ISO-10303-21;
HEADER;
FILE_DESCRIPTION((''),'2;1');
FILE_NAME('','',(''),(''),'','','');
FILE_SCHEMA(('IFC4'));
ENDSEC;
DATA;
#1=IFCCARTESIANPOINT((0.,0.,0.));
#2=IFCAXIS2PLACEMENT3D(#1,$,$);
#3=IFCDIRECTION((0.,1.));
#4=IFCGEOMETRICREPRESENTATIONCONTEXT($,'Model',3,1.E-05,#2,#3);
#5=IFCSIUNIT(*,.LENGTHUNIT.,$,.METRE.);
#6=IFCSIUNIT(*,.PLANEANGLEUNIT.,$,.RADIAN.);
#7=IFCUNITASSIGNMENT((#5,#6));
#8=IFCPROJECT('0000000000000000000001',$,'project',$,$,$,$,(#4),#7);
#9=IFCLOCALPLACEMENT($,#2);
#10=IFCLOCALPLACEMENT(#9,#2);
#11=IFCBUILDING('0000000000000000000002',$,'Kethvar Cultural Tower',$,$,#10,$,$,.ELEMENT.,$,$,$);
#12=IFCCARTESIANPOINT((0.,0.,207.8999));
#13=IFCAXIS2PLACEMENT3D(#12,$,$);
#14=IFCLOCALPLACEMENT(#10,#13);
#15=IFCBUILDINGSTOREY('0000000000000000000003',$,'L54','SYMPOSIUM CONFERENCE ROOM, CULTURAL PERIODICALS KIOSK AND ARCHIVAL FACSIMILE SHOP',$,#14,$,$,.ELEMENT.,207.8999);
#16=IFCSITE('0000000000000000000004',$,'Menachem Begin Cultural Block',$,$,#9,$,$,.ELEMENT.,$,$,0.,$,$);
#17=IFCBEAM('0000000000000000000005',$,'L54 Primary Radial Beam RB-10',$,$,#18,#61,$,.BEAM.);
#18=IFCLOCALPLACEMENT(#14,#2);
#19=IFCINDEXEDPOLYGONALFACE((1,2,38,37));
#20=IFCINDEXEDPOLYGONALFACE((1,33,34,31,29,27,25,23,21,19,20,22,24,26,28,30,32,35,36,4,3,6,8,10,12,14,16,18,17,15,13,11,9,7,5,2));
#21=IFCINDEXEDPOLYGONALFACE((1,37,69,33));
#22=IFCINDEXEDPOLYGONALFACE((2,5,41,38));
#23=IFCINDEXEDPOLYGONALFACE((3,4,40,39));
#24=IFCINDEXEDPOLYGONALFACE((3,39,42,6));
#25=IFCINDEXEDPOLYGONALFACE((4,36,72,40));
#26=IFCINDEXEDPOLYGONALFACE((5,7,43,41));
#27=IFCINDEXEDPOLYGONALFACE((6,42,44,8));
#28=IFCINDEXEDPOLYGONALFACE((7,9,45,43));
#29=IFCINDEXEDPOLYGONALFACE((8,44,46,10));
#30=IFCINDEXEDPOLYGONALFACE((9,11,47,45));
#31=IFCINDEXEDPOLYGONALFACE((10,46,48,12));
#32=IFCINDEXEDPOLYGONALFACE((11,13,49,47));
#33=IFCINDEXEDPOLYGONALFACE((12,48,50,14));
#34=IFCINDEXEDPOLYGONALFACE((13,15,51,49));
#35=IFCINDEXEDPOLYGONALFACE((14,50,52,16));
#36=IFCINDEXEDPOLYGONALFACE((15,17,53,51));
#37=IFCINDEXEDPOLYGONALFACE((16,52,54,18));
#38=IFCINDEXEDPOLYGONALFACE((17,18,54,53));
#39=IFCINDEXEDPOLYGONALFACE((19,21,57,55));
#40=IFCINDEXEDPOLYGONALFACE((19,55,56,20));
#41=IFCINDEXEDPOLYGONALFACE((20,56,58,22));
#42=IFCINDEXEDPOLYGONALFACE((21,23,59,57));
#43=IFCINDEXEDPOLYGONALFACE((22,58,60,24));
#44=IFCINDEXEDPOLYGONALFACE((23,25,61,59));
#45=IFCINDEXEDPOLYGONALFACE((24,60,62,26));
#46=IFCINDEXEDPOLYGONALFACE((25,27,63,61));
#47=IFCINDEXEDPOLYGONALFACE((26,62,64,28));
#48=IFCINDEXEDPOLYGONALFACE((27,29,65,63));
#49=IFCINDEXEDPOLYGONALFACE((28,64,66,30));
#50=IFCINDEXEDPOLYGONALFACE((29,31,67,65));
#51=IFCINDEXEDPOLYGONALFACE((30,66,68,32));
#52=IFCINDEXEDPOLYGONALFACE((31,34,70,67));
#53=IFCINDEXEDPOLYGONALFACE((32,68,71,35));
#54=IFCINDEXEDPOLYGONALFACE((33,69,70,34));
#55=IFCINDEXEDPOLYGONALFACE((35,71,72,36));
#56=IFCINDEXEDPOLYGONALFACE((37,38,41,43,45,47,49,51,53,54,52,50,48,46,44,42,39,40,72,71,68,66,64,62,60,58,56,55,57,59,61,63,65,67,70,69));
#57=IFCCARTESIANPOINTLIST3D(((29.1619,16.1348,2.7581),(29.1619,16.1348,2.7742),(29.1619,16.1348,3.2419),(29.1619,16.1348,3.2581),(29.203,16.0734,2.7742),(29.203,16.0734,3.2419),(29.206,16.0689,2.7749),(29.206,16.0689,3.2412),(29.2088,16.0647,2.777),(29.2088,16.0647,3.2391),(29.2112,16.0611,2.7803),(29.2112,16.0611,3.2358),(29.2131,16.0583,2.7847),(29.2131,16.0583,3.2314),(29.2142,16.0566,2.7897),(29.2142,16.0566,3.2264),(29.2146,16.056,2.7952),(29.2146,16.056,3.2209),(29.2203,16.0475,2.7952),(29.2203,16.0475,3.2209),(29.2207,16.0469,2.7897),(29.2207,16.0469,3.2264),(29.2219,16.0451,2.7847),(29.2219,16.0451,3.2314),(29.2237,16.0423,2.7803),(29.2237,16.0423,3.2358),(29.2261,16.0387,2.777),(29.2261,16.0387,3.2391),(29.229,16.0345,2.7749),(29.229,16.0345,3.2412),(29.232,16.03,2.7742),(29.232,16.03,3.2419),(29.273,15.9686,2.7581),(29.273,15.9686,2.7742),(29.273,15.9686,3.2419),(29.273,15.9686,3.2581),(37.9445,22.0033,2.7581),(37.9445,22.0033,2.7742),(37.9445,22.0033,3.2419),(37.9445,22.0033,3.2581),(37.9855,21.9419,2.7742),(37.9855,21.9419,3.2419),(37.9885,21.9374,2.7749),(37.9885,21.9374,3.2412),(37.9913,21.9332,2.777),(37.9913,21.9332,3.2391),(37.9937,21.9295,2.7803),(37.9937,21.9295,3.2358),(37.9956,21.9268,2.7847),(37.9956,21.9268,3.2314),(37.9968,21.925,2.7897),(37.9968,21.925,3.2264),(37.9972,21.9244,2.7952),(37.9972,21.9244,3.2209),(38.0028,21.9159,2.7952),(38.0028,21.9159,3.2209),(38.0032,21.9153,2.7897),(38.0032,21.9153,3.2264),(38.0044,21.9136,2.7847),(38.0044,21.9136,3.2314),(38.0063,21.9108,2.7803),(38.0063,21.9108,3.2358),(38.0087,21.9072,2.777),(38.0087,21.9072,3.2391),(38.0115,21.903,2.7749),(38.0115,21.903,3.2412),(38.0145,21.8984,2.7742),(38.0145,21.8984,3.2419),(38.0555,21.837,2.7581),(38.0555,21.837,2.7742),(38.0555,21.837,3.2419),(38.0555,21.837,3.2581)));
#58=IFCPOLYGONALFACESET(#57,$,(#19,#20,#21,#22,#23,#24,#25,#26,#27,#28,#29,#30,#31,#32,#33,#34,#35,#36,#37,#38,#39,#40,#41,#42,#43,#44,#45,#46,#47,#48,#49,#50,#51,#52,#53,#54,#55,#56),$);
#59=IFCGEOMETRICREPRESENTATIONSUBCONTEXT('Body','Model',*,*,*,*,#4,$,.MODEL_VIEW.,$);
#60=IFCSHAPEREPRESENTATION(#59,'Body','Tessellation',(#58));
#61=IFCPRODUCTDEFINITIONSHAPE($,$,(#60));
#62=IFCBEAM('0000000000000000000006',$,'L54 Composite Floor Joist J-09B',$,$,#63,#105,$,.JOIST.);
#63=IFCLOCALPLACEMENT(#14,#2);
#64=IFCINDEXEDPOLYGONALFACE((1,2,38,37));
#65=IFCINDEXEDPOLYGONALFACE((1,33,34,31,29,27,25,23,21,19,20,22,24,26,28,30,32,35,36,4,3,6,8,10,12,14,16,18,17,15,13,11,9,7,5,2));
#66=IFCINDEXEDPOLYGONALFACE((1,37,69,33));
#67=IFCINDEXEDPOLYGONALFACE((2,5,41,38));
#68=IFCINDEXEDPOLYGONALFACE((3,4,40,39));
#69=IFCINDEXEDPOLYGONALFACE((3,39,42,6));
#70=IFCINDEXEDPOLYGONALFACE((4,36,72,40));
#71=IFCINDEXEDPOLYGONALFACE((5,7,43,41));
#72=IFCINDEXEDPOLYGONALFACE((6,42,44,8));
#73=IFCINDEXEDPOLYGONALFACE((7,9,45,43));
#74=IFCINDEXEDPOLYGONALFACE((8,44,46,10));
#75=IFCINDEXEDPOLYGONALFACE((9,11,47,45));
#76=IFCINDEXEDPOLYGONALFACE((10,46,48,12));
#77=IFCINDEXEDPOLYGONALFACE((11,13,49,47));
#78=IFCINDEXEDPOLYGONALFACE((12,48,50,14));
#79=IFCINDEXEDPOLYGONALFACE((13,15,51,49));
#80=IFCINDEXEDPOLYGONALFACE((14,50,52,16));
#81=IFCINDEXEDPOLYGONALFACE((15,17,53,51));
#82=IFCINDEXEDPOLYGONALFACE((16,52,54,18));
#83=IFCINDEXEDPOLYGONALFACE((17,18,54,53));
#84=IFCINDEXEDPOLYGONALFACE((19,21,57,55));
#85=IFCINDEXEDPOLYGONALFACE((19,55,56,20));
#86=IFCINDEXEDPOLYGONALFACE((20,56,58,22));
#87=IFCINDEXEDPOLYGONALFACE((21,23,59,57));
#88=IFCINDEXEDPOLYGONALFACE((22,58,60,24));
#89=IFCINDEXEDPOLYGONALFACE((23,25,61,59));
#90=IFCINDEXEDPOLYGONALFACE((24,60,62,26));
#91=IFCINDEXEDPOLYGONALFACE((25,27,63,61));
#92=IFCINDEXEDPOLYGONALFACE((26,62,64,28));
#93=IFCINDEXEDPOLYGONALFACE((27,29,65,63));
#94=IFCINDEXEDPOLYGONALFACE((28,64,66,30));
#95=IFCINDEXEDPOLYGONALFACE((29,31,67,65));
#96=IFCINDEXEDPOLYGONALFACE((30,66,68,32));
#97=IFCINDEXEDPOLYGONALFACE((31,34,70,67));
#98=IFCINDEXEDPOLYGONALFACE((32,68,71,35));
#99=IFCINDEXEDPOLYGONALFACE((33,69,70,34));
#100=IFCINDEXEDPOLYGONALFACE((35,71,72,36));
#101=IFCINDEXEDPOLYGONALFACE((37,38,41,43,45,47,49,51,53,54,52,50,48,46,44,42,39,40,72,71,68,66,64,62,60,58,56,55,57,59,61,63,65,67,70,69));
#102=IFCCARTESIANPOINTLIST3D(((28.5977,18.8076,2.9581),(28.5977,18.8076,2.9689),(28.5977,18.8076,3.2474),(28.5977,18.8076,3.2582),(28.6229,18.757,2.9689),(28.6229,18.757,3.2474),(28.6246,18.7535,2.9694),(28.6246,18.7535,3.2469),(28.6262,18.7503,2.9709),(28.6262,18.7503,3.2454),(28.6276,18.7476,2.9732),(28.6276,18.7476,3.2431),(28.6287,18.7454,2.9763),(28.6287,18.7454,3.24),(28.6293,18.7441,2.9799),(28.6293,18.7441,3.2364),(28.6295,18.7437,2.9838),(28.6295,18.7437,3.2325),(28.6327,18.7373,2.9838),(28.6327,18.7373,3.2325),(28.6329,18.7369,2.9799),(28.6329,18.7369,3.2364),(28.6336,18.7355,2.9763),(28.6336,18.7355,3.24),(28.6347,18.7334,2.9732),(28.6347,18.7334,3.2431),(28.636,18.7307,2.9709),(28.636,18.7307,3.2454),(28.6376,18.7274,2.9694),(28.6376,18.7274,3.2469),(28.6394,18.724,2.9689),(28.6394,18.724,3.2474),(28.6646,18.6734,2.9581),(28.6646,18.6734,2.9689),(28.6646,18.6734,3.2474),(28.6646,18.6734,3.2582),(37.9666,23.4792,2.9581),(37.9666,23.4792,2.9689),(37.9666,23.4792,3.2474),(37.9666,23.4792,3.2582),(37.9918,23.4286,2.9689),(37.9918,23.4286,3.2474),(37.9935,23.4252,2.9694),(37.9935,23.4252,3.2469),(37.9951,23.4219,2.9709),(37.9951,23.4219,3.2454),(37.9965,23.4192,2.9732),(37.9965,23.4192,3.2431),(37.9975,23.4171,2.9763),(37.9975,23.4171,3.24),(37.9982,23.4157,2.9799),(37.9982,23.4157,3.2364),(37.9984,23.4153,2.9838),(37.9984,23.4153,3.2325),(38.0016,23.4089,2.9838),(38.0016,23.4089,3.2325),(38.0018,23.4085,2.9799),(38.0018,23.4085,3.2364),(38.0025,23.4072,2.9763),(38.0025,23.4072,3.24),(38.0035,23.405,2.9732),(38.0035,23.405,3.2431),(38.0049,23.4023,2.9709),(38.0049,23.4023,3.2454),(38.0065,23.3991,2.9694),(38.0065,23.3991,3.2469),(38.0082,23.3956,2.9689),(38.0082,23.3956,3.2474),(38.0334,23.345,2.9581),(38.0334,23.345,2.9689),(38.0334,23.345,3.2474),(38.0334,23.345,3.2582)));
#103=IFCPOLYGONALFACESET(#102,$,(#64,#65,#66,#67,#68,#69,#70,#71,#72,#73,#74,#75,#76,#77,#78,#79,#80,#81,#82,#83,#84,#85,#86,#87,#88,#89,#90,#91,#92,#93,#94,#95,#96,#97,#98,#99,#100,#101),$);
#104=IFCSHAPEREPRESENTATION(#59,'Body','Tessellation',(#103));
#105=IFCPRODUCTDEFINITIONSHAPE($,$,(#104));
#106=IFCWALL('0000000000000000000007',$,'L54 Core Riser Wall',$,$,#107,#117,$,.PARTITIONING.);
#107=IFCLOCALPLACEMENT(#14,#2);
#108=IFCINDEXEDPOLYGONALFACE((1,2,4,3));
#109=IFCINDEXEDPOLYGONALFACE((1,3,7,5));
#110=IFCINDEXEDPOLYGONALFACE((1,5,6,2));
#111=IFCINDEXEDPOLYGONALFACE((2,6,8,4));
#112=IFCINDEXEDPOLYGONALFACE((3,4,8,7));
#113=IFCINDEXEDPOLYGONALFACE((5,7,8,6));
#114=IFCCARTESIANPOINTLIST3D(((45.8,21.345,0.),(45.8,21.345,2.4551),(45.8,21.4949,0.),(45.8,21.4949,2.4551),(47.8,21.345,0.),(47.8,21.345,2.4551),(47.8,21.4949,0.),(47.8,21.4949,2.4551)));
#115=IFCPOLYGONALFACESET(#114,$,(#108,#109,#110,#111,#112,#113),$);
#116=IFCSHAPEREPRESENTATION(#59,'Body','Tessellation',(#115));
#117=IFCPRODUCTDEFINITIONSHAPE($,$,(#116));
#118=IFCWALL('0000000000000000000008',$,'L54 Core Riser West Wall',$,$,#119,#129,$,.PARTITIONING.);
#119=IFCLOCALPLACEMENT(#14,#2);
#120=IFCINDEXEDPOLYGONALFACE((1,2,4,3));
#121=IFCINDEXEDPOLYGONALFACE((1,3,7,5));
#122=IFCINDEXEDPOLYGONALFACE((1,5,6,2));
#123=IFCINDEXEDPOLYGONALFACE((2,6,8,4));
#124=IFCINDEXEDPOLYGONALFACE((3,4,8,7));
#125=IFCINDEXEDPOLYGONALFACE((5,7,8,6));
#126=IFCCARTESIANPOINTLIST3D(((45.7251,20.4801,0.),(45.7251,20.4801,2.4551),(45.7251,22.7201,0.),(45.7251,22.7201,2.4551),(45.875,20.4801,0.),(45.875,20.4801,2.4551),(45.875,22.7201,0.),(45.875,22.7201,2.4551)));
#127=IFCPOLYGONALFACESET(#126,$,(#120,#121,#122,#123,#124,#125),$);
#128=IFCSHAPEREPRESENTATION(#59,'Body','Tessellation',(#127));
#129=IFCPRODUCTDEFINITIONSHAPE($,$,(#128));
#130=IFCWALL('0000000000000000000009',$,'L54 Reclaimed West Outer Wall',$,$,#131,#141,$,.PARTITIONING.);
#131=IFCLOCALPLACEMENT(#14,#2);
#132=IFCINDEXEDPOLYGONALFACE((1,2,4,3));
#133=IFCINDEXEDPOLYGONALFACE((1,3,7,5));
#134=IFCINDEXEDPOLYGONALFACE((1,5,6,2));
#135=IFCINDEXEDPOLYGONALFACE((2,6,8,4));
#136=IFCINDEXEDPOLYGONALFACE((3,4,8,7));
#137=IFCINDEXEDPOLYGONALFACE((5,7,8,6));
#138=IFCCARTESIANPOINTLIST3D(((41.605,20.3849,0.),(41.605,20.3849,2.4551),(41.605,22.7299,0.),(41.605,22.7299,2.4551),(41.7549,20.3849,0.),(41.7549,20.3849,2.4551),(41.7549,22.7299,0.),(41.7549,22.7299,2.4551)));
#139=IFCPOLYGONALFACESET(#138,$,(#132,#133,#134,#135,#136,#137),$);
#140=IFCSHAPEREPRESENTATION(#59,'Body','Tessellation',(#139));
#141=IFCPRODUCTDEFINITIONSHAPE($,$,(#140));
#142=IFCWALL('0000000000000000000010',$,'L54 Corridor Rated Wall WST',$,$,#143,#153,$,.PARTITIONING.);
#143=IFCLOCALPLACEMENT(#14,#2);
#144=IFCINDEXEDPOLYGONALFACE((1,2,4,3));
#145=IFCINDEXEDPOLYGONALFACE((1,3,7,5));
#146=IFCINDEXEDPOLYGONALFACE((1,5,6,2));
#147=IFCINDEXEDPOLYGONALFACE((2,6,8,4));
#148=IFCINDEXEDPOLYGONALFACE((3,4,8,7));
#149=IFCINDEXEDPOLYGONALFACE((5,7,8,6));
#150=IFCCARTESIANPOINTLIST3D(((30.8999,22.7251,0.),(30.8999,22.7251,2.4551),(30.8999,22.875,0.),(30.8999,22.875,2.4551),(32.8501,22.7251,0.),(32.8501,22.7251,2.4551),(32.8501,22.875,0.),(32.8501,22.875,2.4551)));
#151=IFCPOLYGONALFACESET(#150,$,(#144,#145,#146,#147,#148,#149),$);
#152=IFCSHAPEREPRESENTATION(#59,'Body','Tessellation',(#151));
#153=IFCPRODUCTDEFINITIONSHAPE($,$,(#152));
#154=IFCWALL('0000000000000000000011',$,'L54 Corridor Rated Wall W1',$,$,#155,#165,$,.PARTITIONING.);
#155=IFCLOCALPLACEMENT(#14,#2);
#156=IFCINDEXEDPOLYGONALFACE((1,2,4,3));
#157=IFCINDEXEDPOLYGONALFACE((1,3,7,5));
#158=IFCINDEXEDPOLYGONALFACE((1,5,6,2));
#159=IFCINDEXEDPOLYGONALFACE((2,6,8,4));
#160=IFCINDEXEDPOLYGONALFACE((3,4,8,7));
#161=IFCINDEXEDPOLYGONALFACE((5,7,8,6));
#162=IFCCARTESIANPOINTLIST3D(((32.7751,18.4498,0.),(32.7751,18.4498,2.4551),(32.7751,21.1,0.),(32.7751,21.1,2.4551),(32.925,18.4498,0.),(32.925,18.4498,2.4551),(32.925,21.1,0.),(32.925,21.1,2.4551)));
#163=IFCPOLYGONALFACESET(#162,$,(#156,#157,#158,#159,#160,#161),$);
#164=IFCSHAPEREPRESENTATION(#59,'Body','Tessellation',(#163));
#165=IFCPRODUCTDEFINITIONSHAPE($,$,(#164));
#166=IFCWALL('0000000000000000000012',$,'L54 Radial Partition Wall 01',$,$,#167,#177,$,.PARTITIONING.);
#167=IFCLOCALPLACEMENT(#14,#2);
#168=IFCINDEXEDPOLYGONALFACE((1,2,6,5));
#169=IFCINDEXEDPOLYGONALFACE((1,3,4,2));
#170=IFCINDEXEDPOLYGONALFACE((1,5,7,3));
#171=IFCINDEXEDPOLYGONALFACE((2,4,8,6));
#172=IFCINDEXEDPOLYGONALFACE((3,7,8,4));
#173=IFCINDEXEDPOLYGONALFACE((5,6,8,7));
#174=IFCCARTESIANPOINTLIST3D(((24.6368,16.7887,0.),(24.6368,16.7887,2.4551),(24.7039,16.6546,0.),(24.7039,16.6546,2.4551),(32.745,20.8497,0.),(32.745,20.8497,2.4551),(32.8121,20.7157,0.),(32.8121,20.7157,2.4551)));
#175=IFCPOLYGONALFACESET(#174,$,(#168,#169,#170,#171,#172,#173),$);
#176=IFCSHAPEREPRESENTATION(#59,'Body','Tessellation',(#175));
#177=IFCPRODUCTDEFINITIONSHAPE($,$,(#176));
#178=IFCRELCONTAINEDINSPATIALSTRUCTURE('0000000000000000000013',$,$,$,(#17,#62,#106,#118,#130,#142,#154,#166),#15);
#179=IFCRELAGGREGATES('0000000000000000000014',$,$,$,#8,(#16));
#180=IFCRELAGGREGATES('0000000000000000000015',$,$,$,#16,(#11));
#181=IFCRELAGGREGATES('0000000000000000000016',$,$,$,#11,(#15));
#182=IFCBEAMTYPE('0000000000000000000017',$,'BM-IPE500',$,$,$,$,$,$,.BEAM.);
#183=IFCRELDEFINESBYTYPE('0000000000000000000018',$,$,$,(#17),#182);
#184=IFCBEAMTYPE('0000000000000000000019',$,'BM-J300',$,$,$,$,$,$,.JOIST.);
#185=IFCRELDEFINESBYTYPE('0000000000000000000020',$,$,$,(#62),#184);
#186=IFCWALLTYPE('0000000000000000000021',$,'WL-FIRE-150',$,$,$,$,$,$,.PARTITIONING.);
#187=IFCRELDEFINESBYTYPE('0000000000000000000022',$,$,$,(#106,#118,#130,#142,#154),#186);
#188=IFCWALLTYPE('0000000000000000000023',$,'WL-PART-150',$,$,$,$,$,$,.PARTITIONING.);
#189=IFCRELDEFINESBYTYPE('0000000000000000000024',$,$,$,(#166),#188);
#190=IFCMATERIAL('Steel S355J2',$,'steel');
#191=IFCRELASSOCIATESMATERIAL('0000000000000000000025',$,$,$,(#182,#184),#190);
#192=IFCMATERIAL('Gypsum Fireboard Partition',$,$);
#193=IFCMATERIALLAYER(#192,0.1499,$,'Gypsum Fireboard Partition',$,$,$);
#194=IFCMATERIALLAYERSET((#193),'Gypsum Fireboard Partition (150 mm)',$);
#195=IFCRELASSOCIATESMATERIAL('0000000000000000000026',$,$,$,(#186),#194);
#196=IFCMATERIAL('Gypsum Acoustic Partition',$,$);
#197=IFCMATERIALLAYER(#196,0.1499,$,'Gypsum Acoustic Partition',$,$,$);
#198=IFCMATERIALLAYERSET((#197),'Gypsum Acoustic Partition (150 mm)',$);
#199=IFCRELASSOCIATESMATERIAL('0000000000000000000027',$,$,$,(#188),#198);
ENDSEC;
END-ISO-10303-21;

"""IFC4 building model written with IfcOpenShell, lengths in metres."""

from ifc_helpers import new_model, si_unit, direction, frame, frame_2d, origin, origin_2d, place, context, subcontext, project, spatial, rectangle, i_section, extrude, source, transform, mapped, material, layer, layer_set, material_profile, profile_set, type_object, element, save


model = new_model("IFC4")

# Units and contexts
model_context = context("Model", 3, precision=1e-05, world=origin(), true_north=direction((0.0, 1.0)))
body_context = subcontext(model_context, "Body", "Model", "MODEL_VIEW")
ifc_project = project(units=[si_unit("LENGTHUNIT", "METRE"), si_unit("PLANEANGLEUNIT", "RADIAN")], contexts=[model_context])

# Site, building, storey
site_placement = place(None, origin())
site = spatial("IfcSite", under=ifc_project, at=site_placement, Name="Menachem Begin Cultural Block", CompositionType="ELEMENT", RefElevation=0.0)
building_placement = place(site_placement, origin())
building = spatial("IfcBuilding", under=site, at=building_placement, Name="Kethvar Cultural Tower", CompositionType="ELEMENT")
storey_placement = place(building_placement, frame((0.0, 0.0, 207.8999)))
storey = spatial("IfcBuildingStorey", under=building, at=storey_placement, Name="L54", Description="SYMPOSIUM CONFERENCE ROOM, CULTURAL PERIODICALS KIOSK AND ARCHIVAL FACSIMILE SHOP", CompositionType="ELEMENT", Elevation=207.8999)

# Beams
ifc_material_1 = material(Name="Steel S355J2", Category="steel")
ifc_material_profile_1 = material_profile(ifc_material_1, i_section(OverallWidth=0.2, OverallDepth=0.5, WebThickness=0.0103, FlangeThickness=0.0161, FilletRadius=0.021, at=origin_2d()), Name="Steel S355J2 — IPE500")
ifc_profile_set_1 = profile_set([ifc_material_profile_1], Name="Steel S355J2 — IPE500")
beam_type_1 = type_object("IfcBeamType", Name="BM-IPE500", PredefinedType="BEAM", material=ifc_profile_set_1)
shared_shape_1 = source(origin(), body_context, "Body", "SweptSolid", [
    extrude(i_section(OverallWidth=0.2, OverallDepth=0.5, WebThickness=0.0103, FlangeThickness=0.0161, FilletRadius=0.021, at=origin_2d()), origin(), (0.0, 0.0, 1.0), 10.5627),
])
beam_1_placement = place(storey_placement, frame((38.0, 21.9202, 3.0081), z_axis=(-0.831463, -0.55558, 0.0), x_axis=(0.55558, -0.831463, 0.0)))
element("IfcBeam", 1, at=beam_1_placement, inside=storey, type_object=beam_type_1, Name="L54 Primary Radial Beam RB-10", PredefinedType="BEAM", context=body_context, shape_type="MappedRepresentation", body=[
    mapped(shared_shape_1, transform((0.0, 0.0, 0.0), scale=1.0)),
])
ifc_material_profile_2 = material_profile(ifc_material_1, i_section(OverallWidth=0.1499, OverallDepth=0.3, WebThickness=0.0071, FlangeThickness=0.0107, FilletRadius=0.0149, at=origin_2d()), Name="Steel S355J2 — IPE300")
ifc_profile_set_2 = profile_set([ifc_material_profile_2], Name="Steel S355J2 — IPE300")
beam_type_2 = type_object("IfcBeamType", Name="BM-J300", PredefinedType="JOIST", material=ifc_profile_set_2)
shared_shape_2 = source(origin(), body_context, "Body", "SweptSolid", [
    extrude(i_section(OverallWidth=0.1499, OverallDepth=0.3, WebThickness=0.0071, FlangeThickness=0.0107, FilletRadius=0.0149, at=origin_2d()), origin(), (0.0, 0.0, 1.0), 10.469),
])
beam_2_placement = place(storey_placement, frame((38.0, 23.4121, 3.1082), z_axis=(-0.894916, -0.446234, 0.0), x_axis=(0.446234, -0.894916, 0.0)))
element("IfcBeam", 2, at=beam_2_placement, inside=storey, type_object=beam_type_2, Name="L54 Composite Floor Joist J-09B", PredefinedType="JOIST", context=body_context, shape_type="MappedRepresentation", body=[
    mapped(shared_shape_2, transform((0.0, 0.0, 0.0), scale=1.0)),
])

# Walls
ifc_material_2 = material(Name="Gypsum Fireboard Partition")
ifc_layer_1 = layer(ifc_material_2, 0.1499, Name="Gypsum Fireboard Partition")
ifc_layer_set_1 = layer_set([ifc_layer_1], Name="Gypsum Fireboard Partition (150 mm)")
wall_type_1 = type_object("IfcWallType", Name="WL-FIRE-150", PredefinedType="PARTITIONING", material=ifc_layer_set_1)
wall_1_placement = place(storey_placement, frame((45.8, 21.4199, 0.0), z_axis=(0.0, 0.0, 1.0), x_axis=(1.0, 0.0, 0.0)))
element("IfcWall", 3, at=wall_1_placement, inside=storey, type_object=wall_type_1, Name="L54 Core Riser Wall", PredefinedType="PARTITIONING", context=body_context, shape_type="SweptSolid", body=[
    extrude(rectangle(XDim=2.0, YDim=0.1499, at=frame_2d((1.0, 0.0))), origin(), (0.0, 0.0, 1.0), 2.4551),
])
wall_2_placement = place(storey_placement, frame((45.8, 20.48, 0.0), z_axis=(0.0, 0.0, 1.0), x_axis=(0.0, 1.0, 0.0)))
element("IfcWall", 4, at=wall_2_placement, inside=storey, type_object=wall_type_1, Name="L54 Core Riser West Wall", PredefinedType="PARTITIONING", context=body_context, shape_type="SweptSolid", body=[
    extrude(rectangle(XDim=2.24, YDim=0.1499, at=frame_2d((1.1201, 0.0))), origin(), (0.0, 0.0, 1.0), 2.4551),
])
wall_3_placement = place(storey_placement, frame((41.6799, 20.385, 0.0), z_axis=(0.0, 0.0, 1.0), x_axis=(0.0, 1.0, 0.0)))
element("IfcWall", 5, at=wall_3_placement, inside=storey, type_object=wall_type_1, Name="L54 Reclaimed West Outer Wall", PredefinedType="PARTITIONING", context=body_context, shape_type="SweptSolid", body=[
    extrude(rectangle(XDim=2.345, YDim=0.1499, at=frame_2d((1.1724, 0.0))), origin(), (0.0, 0.0, 1.0), 2.4551),
])

# Walls
wall_4_placement = place(storey_placement, frame((32.8501, 22.8, 0.0), z_axis=(0.0, 0.0, 1.0), x_axis=(-1.0, 0.0, 0.0)))
element("IfcWall", 6, at=wall_4_placement, inside=storey, type_object=wall_type_1, Name="L54 Corridor Rated Wall WST", PredefinedType="PARTITIONING", context=body_context, shape_type="SweptSolid", body=[
    extrude(rectangle(XDim=1.9502, YDim=0.1499, at=frame_2d((0.9751, 0.0))), origin(), (0.0, 0.0, 1.0), 2.4551),
])
wall_5_placement = place(storey_placement, frame((32.8501, 21.1001, 0.0), z_axis=(0.0, 0.0, 1.0), x_axis=(0.0, -1.0, 0.0)))
element("IfcWall", 7, at=wall_5_placement, inside=storey, type_object=wall_type_1, Name="L54 Corridor Rated Wall W1", PredefinedType="PARTITIONING", context=body_context, shape_type="SweptSolid", body=[
    extrude(rectangle(XDim=2.6501, YDim=0.1499, at=frame_2d((1.3252, 0.0))), origin(), (0.0, 0.0, 1.0), 2.4551),
])
ifc_material_3 = material(Name="Gypsum Acoustic Partition")
ifc_layer_2 = layer(ifc_material_3, 0.1499, Name="Gypsum Acoustic Partition")
ifc_layer_set_2 = layer_set([ifc_layer_2], Name="Gypsum Acoustic Partition (150 mm)")
wall_type_2 = type_object("IfcWallType", Name="WL-PART-150", PredefinedType="PARTITIONING", material=ifc_layer_set_2)
wall_6_placement = place(storey_placement, frame((32.7786, 20.7827, 0.0), z_axis=(0.0, 0.0, 1.0), x_axis=(-0.89412, -0.447827, 0.0)))
element("IfcWall", 8, at=wall_6_placement, inside=storey, type_object=wall_type_2, Name="L54 Radial Partition Wall 01", PredefinedType="PARTITIONING", context=body_context, shape_type="SweptSolid", body=[
    extrude(rectangle(XDim=9.0684, YDim=0.1499, at=frame_2d((4.5342, 0.0))), origin(), (0.0, 0.0, 1.0), 2.4551),
])

save(model, "model.ifc")
